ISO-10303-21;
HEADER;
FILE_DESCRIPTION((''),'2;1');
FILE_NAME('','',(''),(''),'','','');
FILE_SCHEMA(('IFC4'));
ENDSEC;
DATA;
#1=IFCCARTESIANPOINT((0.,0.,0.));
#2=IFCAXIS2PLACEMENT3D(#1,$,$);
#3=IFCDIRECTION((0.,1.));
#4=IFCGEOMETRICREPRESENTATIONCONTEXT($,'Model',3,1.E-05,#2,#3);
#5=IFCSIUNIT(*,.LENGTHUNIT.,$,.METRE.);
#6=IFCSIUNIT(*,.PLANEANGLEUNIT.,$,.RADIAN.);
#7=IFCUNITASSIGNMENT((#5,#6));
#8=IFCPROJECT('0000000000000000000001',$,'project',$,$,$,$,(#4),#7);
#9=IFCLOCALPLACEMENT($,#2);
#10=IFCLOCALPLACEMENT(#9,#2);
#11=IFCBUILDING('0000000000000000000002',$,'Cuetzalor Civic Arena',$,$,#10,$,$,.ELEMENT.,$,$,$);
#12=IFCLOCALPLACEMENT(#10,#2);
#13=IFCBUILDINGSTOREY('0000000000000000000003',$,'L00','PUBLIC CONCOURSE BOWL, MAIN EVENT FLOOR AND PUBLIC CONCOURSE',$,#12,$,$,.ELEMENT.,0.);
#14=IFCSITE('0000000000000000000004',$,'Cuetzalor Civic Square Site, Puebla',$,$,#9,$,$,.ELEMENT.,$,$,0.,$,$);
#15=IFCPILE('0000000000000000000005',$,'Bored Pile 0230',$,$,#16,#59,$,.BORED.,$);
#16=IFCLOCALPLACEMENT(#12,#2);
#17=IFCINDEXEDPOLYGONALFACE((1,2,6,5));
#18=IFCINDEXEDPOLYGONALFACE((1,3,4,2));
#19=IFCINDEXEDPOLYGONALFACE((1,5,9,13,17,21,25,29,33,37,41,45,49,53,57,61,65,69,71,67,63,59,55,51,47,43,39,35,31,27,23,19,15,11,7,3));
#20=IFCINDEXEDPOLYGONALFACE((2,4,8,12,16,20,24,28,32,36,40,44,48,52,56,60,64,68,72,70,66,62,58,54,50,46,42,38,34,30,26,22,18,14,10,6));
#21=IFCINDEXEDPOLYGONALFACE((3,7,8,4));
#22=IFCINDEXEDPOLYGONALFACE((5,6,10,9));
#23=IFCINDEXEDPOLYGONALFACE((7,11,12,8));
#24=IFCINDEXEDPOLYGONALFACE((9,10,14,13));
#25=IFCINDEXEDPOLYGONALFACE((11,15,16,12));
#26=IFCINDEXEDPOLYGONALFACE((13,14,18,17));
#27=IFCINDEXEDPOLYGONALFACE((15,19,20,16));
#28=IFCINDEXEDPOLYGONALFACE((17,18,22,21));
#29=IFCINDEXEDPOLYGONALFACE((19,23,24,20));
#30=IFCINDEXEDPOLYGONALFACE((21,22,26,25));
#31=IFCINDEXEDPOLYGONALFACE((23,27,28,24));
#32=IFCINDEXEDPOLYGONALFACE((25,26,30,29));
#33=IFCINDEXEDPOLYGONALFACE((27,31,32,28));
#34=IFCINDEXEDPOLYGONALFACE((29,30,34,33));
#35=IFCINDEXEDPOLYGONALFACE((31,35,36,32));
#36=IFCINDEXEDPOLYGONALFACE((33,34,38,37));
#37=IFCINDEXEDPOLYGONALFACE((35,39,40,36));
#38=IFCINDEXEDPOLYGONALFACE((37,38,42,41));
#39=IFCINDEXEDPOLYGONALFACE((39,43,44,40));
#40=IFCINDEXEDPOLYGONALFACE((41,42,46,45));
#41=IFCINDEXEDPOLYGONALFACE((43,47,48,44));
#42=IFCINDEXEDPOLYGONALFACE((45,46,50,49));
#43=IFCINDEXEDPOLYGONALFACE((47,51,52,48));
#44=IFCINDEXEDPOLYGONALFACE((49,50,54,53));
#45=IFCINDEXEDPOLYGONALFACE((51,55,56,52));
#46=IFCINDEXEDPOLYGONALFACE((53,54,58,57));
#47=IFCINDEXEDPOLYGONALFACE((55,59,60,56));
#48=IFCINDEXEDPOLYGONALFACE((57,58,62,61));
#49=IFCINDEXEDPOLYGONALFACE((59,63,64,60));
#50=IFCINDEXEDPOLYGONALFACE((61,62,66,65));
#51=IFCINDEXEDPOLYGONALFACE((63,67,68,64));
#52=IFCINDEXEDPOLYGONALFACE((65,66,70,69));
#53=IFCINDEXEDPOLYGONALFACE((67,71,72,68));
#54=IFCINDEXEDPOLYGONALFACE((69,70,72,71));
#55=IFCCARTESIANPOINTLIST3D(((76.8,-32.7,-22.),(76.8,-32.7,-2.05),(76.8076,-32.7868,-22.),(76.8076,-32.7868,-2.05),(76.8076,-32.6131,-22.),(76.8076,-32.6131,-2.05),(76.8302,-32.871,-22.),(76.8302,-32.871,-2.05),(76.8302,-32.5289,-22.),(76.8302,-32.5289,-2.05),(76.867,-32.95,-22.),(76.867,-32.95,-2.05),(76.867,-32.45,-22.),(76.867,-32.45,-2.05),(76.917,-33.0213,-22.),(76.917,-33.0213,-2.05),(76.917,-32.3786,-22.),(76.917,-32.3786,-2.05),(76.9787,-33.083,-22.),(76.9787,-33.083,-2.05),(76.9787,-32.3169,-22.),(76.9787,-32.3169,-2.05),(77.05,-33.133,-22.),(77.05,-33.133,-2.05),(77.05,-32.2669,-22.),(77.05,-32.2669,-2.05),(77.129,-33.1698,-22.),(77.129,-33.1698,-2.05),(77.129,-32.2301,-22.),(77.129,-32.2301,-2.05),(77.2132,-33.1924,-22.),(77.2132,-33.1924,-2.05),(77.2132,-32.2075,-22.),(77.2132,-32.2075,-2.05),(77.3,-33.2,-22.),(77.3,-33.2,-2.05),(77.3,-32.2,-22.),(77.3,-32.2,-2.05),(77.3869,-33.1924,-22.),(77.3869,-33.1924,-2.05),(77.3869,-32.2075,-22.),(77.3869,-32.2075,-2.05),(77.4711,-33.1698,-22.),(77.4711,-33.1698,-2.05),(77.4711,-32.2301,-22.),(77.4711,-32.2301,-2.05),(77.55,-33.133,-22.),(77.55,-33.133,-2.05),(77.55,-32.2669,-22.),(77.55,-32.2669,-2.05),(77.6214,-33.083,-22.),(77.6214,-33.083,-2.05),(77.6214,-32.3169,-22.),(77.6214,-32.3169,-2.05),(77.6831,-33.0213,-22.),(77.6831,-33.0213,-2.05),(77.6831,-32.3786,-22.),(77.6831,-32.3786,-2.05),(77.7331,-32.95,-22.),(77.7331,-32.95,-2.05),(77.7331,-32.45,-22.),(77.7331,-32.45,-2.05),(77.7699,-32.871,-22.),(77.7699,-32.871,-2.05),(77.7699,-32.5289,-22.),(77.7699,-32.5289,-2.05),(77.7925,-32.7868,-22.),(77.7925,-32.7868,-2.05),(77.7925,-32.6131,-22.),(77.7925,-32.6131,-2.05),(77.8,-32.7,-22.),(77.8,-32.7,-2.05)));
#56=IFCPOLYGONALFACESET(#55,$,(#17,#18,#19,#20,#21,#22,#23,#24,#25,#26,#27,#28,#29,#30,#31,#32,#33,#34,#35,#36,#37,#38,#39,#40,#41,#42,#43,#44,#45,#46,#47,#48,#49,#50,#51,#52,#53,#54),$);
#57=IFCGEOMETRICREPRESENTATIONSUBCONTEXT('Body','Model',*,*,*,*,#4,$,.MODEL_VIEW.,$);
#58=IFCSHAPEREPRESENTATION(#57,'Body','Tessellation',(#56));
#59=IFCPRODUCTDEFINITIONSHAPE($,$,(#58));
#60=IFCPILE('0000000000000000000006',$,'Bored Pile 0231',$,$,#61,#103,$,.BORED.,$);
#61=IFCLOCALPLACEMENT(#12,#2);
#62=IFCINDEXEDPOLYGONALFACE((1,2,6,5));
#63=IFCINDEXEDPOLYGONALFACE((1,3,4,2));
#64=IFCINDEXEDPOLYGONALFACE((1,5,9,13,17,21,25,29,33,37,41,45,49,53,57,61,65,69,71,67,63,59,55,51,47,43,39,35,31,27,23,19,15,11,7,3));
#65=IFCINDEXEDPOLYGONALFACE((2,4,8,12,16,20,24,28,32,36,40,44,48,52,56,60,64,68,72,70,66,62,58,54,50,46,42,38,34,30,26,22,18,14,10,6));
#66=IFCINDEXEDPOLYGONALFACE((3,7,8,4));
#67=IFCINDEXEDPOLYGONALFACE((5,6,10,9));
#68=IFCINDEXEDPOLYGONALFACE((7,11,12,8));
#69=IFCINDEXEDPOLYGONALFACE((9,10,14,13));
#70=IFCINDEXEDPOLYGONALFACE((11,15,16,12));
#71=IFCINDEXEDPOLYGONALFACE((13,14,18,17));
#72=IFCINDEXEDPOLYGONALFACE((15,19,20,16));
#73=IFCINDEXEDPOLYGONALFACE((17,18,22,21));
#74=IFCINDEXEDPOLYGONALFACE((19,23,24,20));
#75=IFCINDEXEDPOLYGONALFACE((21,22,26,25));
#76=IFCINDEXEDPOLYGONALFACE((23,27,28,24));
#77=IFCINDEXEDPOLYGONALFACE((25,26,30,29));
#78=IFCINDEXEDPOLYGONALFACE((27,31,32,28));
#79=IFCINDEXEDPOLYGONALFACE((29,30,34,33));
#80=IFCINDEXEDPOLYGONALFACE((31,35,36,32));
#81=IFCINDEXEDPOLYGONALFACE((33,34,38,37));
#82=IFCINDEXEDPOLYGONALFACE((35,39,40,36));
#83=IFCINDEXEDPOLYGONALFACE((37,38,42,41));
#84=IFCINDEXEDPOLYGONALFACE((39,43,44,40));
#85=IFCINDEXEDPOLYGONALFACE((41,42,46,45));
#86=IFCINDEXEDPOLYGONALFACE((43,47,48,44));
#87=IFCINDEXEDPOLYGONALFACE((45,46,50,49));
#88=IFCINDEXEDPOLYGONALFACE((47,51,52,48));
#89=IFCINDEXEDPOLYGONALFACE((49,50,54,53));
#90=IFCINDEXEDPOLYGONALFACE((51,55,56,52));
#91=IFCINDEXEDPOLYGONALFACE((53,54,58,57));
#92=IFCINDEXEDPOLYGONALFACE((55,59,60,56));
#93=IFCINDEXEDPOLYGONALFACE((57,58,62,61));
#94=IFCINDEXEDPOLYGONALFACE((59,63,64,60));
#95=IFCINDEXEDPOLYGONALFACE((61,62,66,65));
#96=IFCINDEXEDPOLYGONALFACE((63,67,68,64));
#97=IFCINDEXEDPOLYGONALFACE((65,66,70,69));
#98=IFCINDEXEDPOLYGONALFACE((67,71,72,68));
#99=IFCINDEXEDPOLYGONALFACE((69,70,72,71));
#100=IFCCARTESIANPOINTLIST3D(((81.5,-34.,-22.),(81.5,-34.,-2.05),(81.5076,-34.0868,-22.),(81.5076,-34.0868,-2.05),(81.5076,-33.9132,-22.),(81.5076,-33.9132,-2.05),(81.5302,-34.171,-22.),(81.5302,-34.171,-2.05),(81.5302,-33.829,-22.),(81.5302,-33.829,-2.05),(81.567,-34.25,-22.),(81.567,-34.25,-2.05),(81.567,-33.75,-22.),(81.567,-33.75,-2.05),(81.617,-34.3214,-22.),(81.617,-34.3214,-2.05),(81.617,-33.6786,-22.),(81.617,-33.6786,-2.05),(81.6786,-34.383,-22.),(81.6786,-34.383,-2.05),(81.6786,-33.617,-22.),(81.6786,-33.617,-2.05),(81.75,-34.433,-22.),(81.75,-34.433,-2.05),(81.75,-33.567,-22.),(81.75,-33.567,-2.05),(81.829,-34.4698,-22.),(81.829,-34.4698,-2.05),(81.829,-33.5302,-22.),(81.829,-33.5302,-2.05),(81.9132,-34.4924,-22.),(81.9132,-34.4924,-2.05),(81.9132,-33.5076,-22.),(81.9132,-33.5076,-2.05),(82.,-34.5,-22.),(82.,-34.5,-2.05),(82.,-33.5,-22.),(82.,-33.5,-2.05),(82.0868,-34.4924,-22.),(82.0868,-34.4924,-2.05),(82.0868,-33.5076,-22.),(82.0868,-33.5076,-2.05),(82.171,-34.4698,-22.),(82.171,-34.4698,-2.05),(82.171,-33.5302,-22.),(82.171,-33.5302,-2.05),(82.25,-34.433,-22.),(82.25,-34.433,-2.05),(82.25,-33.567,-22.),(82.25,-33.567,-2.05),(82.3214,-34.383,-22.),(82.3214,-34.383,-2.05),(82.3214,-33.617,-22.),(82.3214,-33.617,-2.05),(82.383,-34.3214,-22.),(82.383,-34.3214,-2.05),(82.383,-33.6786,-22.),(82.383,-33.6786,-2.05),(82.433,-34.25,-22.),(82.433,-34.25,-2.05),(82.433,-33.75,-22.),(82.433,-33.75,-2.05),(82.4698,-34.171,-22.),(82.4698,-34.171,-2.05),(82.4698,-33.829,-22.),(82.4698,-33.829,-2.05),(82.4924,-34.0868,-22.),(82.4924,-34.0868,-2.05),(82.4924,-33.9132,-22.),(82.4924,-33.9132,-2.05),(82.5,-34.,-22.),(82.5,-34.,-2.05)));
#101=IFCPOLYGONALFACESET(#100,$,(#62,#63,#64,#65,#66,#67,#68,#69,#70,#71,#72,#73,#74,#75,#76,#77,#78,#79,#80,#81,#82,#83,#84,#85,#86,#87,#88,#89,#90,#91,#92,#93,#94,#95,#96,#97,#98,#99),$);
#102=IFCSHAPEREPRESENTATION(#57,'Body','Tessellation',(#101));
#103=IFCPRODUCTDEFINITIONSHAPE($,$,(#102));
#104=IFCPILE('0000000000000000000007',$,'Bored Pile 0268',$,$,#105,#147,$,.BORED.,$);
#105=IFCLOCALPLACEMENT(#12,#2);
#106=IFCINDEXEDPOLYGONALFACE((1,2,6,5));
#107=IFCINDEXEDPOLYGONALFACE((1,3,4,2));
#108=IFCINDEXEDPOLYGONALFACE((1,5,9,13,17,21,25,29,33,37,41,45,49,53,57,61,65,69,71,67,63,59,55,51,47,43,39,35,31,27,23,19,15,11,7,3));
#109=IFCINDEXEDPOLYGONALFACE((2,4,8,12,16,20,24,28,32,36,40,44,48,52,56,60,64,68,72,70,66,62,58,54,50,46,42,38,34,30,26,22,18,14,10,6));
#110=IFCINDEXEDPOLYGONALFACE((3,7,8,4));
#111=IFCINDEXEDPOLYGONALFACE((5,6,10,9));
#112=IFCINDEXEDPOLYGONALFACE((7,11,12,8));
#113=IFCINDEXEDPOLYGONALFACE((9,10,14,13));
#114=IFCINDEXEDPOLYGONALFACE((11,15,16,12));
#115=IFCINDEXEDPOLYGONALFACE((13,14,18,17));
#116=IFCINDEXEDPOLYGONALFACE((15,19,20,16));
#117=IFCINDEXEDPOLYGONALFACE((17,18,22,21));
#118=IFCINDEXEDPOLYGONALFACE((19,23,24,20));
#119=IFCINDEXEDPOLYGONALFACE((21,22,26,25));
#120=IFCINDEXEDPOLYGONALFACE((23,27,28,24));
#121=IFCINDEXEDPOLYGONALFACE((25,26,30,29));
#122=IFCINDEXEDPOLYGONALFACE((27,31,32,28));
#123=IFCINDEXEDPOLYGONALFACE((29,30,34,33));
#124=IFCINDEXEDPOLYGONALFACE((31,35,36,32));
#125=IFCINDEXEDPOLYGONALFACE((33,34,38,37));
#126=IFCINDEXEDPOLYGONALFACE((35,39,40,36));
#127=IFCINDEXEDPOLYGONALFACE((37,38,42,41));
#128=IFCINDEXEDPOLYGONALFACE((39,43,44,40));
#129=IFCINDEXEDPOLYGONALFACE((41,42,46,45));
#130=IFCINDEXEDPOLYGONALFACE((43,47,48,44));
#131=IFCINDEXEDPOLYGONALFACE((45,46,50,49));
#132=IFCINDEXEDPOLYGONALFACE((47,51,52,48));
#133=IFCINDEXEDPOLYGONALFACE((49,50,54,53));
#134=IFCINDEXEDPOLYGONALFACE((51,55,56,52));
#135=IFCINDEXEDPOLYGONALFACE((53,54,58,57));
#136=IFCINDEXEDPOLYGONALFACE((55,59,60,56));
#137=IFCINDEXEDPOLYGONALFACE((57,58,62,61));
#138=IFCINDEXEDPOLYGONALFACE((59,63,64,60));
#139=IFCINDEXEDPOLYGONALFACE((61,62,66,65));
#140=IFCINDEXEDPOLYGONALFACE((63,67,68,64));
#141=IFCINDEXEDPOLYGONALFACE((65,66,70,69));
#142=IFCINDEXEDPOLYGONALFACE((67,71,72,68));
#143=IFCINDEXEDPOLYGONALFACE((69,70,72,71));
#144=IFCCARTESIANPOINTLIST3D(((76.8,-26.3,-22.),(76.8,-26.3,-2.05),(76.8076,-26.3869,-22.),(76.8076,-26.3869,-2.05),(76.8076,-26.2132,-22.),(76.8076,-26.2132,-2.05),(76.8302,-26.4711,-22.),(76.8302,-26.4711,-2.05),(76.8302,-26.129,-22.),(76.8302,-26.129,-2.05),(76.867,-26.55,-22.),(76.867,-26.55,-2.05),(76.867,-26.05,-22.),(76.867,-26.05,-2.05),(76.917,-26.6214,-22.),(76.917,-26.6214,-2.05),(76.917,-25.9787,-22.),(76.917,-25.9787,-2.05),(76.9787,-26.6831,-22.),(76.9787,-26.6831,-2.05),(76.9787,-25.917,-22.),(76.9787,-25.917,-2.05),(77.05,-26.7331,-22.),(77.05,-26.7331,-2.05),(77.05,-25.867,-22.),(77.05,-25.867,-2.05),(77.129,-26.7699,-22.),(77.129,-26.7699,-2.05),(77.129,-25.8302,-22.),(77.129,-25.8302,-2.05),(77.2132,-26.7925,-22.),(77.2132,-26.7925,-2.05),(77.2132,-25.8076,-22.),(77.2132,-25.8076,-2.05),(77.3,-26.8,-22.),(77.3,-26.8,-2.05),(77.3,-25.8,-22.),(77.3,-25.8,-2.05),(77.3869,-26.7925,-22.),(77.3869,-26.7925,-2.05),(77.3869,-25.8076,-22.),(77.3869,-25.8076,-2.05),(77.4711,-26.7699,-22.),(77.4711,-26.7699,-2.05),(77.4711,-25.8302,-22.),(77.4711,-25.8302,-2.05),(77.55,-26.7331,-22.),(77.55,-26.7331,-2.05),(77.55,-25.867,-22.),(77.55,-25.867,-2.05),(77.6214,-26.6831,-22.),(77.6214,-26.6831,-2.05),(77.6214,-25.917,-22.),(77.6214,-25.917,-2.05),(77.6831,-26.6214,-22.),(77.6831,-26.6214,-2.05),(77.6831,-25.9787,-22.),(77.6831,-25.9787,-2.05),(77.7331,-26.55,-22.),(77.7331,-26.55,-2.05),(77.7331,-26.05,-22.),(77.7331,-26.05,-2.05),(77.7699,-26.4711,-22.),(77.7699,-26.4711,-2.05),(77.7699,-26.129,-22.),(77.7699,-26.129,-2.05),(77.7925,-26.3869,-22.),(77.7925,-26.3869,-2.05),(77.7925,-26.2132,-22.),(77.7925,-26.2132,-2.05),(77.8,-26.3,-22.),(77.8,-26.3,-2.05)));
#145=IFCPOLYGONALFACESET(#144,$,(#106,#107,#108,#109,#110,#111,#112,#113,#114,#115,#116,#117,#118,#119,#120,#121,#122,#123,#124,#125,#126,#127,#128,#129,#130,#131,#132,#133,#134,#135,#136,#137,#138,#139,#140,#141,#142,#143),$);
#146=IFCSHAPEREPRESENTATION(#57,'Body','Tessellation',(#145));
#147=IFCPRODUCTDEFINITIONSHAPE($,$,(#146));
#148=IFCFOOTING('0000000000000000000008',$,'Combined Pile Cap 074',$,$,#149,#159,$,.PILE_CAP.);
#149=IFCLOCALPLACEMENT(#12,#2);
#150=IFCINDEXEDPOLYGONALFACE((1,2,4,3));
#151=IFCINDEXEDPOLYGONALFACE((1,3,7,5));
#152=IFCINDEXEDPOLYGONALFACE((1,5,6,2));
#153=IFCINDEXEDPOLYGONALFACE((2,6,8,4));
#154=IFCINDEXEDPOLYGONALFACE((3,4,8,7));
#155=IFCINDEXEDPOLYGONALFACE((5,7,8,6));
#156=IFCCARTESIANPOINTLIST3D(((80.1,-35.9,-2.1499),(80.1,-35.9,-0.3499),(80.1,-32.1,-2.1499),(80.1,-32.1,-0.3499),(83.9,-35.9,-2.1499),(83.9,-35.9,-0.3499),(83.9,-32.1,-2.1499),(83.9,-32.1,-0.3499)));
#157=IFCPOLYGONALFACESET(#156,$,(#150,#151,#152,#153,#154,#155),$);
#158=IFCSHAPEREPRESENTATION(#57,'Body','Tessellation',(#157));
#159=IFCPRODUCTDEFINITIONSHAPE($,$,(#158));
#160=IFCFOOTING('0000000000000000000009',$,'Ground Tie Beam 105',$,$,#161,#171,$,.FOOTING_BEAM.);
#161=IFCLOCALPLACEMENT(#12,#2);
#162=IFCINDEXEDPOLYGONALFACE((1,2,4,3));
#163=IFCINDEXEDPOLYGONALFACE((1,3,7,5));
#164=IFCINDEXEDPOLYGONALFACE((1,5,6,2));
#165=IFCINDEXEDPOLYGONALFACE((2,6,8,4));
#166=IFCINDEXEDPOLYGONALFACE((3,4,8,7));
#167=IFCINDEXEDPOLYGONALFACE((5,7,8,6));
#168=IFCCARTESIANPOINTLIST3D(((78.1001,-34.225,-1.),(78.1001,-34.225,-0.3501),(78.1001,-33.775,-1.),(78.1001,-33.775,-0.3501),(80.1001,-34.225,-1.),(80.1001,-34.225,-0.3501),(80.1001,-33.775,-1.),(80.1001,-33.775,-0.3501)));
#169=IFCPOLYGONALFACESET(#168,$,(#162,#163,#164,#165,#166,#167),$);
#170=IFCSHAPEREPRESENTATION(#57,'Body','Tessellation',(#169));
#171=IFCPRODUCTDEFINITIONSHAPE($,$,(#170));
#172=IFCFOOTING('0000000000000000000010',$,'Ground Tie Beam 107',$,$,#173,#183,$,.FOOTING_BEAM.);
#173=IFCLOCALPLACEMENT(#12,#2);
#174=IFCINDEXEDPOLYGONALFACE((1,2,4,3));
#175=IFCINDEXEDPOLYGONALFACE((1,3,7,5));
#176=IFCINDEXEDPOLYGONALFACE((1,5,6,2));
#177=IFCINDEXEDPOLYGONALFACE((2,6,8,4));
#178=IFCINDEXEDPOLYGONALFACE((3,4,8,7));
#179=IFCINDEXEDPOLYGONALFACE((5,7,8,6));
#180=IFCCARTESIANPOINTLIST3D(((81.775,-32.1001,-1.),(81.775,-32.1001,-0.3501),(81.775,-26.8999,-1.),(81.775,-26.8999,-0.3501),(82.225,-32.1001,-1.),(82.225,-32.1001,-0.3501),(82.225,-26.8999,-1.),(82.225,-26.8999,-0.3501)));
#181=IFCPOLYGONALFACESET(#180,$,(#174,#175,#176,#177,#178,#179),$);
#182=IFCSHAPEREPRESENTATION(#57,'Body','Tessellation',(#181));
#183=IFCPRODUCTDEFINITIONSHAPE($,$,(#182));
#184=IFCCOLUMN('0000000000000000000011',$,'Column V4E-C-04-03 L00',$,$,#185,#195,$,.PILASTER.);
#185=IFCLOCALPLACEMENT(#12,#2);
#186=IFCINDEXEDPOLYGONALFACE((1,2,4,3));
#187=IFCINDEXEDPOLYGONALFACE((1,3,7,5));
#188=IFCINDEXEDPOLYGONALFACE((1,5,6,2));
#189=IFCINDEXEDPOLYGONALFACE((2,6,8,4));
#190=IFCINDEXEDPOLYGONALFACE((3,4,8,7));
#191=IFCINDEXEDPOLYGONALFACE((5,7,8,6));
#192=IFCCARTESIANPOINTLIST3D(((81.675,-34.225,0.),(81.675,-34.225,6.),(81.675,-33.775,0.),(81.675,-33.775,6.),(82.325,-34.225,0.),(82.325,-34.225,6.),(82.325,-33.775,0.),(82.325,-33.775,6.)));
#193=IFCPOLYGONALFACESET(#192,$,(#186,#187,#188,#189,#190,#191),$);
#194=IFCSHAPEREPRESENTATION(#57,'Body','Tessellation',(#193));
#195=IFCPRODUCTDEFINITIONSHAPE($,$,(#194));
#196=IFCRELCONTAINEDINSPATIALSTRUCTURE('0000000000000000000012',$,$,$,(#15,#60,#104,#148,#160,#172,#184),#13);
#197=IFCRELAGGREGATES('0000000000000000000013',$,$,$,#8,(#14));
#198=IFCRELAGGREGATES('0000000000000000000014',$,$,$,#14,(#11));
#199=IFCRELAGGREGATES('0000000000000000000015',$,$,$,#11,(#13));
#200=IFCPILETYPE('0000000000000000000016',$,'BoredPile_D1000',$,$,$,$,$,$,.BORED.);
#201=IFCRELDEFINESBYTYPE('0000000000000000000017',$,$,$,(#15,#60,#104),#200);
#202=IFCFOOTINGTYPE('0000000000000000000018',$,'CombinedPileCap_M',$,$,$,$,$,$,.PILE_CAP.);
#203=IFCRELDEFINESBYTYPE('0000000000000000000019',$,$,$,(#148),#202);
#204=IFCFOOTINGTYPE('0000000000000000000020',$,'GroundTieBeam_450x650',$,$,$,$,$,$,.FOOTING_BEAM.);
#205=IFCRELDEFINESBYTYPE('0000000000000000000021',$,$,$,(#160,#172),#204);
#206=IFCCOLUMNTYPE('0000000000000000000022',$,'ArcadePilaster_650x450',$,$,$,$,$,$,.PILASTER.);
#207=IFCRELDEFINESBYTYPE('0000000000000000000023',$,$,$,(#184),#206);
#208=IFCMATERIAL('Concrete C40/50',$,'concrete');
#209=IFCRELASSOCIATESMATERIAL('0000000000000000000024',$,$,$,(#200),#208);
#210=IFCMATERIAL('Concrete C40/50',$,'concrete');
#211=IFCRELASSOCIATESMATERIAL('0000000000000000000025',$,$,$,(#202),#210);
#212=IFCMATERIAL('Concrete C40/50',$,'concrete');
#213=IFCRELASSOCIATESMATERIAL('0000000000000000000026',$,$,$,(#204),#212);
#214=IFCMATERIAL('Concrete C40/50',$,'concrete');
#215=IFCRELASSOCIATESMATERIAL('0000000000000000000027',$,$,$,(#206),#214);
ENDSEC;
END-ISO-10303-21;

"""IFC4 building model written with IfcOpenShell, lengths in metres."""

from ifc_helpers import new_model, si_unit, direction, frame, origin, origin_2d, place, context, subcontext, project, spatial, rectangle, circle, extrude, material, material_profile, profile_set, type_object, element, save


model = new_model("IFC4")

# Units and contexts
model_context = context("Model", 3, precision=1e-05, world=origin(), true_north=direction((0.0, 1.0)))
body_context = subcontext(model_context, "Body", "Model", "MODEL_VIEW")
ifc_project = project(units=[si_unit("LENGTHUNIT", "METRE"), si_unit("PLANEANGLEUNIT", "RADIAN")], contexts=[model_context])

# Site, building, storey
site_placement = place(None, origin())
site = spatial("IfcSite", under=ifc_project, at=site_placement, Name="Cuetzalor Civic Square Site, Puebla", CompositionType="ELEMENT", RefElevation=0.0)
building_placement = place(site_placement, origin())
building = spatial("IfcBuilding", under=site, at=building_placement, Name="Cuetzalor Civic Arena", CompositionType="ELEMENT")
storey_placement = place(building_placement, origin())
storey = spatial("IfcBuildingStorey", under=building, at=storey_placement, Name="L00", Description="PUBLIC CONCOURSE BOWL, MAIN EVENT FLOOR AND PUBLIC CONCOURSE", CompositionType="ELEMENT", Elevation=0.0)

# Piles
ifc_material_1 = material(Name="Concrete C40/50", Category="concrete")
ifc_material_profile_1 = material_profile(ifc_material_1, circle(Radius=0.5, at=origin_2d()), Name="BORED PILE D1000")
ifc_profile_set_1 = profile_set([ifc_material_profile_1], Name="Concrete C40/50")
pile_type = type_object("IfcPileType", Name="BoredPile_D1000", PredefinedType="BORED", material=ifc_profile_set_1)
for number, where, z_axis, x_axis, name in (
    (1, (77.3, -32.7, -2.05), (0.0, 0.0, -1.0), (1.0, 0.0, 0.0), "Bored Pile 0230"),
    (2, (82.0, -34.0, -2.05), (0.0, 0.0, -1.0), (1.0, 0.0, 0.0), "Bored Pile 0231"),
    (3, (77.3, -26.3, -2.05), (0.0, 0.0, -1.0), (1.0, 0.0, 0.0), "Bored Pile 0268"),
):
    element("IfcPile", number, at=place(storey_placement, frame(where, z_axis=z_axis, x_axis=x_axis)), inside=storey, type_object=pile_type, Name=name, PredefinedType="BORED", context=body_context, shape_type="SweptSolid", body=[
        extrude(circle(Radius=0.5, at=origin_2d()), origin(), (0.0, 0.0, 1.0), 19.95),
    ])

# Footings
ifc_material_2 = material(Name="Concrete C40/50", Category="concrete")
footing_type_1 = type_object("IfcFootingType", Name="CombinedPileCap_M", PredefinedType="PILE_CAP", material=ifc_material_2)
footing_1_placement = place(storey_placement, frame((82.0, -34.0, -2.1499), z_axis=(0.0, 0.0, 1.0), x_axis=(1.0, 0.0, 0.0)))
element("IfcFooting", 4, at=footing_1_placement, inside=storey, type_object=footing_type_1, Name="Combined Pile Cap 074", PredefinedType="PILE_CAP", context=body_context, shape_type="SweptSolid", body=[
    extrude(rectangle(XDim=3.8, YDim=3.8, at=origin_2d()), origin(), (0.0, 0.0, 1.0), 1.8),
])
ifc_material_3 = material(Name="Concrete C40/50", Category="concrete")
ifc_material_profile_2 = material_profile(ifc_material_3, rectangle(XDim=0.45, YDim=0.6499, at=origin_2d()), Name="RC 450x650")
ifc_profile_set_2 = profile_set([ifc_material_profile_2], Name="Concrete C40/50")
footing_type_2 = type_object("IfcFootingType", Name="GroundTieBeam_450x650", PredefinedType="FOOTING_BEAM", material=ifc_profile_set_2)
footing_2_placement = place(storey_placement, frame((78.1001, -34.0, -0.675), z_axis=(1.0, 0.0, 0.0), x_axis=(0.0, 1.0, 0.0)))
element("IfcFooting", 5, at=footing_2_placement, inside=storey, type_object=footing_type_2, Name="Ground Tie Beam 105", PredefinedType="FOOTING_BEAM", context=body_context, shape_type="SweptSolid", body=[
    extrude(rectangle(XDim=0.45, YDim=0.6499, at=origin_2d()), origin(), (0.0, 0.0, 1.0), 2.0),
])
footing_3_placement = place(storey_placement, frame((82.0, -32.1001, -0.675), z_axis=(0.0, 1.0, 0.0), x_axis=(-1.0, 0.0, 0.0)))
element("IfcFooting", 6, at=footing_3_placement, inside=storey, type_object=footing_type_2, Name="Ground Tie Beam 107", PredefinedType="FOOTING_BEAM", context=body_context, shape_type="SweptSolid", body=[
    extrude(rectangle(XDim=0.45, YDim=0.6499, at=origin_2d()), origin(), (0.0, 0.0, 1.0), 5.2002),
])

# Column
ifc_material_4 = material(Name="Concrete C40/50", Category="concrete")
ifc_material_profile_3 = material_profile(ifc_material_4, rectangle(XDim=0.6499, YDim=0.45, at=origin_2d()), Name="RC 650x450")
ifc_profile_set_3 = profile_set([ifc_material_profile_3], Name="Concrete C40/50")
column_type = type_object("IfcColumnType", Name="ArcadePilaster_650x450", PredefinedType="PILASTER", material=ifc_profile_set_3)
column_placement = place(storey_placement, frame((82.0, -34.0, 0.0), z_axis=(0.0, 0.0, 1.0), x_axis=(1.0, 0.0, 0.0)))
element("IfcColumn", 7, at=column_placement, inside=storey, type_object=column_type, Name="Column V4E-C-04-03 L00", PredefinedType="PILASTER", context=body_context, shape_type="SweptSolid", body=[
    extrude(rectangle(XDim=0.6499, YDim=0.45, at=origin_2d()), origin(), (0.0, 0.0, 1.0), 6.0),
])

save(model, "model.ifc")
